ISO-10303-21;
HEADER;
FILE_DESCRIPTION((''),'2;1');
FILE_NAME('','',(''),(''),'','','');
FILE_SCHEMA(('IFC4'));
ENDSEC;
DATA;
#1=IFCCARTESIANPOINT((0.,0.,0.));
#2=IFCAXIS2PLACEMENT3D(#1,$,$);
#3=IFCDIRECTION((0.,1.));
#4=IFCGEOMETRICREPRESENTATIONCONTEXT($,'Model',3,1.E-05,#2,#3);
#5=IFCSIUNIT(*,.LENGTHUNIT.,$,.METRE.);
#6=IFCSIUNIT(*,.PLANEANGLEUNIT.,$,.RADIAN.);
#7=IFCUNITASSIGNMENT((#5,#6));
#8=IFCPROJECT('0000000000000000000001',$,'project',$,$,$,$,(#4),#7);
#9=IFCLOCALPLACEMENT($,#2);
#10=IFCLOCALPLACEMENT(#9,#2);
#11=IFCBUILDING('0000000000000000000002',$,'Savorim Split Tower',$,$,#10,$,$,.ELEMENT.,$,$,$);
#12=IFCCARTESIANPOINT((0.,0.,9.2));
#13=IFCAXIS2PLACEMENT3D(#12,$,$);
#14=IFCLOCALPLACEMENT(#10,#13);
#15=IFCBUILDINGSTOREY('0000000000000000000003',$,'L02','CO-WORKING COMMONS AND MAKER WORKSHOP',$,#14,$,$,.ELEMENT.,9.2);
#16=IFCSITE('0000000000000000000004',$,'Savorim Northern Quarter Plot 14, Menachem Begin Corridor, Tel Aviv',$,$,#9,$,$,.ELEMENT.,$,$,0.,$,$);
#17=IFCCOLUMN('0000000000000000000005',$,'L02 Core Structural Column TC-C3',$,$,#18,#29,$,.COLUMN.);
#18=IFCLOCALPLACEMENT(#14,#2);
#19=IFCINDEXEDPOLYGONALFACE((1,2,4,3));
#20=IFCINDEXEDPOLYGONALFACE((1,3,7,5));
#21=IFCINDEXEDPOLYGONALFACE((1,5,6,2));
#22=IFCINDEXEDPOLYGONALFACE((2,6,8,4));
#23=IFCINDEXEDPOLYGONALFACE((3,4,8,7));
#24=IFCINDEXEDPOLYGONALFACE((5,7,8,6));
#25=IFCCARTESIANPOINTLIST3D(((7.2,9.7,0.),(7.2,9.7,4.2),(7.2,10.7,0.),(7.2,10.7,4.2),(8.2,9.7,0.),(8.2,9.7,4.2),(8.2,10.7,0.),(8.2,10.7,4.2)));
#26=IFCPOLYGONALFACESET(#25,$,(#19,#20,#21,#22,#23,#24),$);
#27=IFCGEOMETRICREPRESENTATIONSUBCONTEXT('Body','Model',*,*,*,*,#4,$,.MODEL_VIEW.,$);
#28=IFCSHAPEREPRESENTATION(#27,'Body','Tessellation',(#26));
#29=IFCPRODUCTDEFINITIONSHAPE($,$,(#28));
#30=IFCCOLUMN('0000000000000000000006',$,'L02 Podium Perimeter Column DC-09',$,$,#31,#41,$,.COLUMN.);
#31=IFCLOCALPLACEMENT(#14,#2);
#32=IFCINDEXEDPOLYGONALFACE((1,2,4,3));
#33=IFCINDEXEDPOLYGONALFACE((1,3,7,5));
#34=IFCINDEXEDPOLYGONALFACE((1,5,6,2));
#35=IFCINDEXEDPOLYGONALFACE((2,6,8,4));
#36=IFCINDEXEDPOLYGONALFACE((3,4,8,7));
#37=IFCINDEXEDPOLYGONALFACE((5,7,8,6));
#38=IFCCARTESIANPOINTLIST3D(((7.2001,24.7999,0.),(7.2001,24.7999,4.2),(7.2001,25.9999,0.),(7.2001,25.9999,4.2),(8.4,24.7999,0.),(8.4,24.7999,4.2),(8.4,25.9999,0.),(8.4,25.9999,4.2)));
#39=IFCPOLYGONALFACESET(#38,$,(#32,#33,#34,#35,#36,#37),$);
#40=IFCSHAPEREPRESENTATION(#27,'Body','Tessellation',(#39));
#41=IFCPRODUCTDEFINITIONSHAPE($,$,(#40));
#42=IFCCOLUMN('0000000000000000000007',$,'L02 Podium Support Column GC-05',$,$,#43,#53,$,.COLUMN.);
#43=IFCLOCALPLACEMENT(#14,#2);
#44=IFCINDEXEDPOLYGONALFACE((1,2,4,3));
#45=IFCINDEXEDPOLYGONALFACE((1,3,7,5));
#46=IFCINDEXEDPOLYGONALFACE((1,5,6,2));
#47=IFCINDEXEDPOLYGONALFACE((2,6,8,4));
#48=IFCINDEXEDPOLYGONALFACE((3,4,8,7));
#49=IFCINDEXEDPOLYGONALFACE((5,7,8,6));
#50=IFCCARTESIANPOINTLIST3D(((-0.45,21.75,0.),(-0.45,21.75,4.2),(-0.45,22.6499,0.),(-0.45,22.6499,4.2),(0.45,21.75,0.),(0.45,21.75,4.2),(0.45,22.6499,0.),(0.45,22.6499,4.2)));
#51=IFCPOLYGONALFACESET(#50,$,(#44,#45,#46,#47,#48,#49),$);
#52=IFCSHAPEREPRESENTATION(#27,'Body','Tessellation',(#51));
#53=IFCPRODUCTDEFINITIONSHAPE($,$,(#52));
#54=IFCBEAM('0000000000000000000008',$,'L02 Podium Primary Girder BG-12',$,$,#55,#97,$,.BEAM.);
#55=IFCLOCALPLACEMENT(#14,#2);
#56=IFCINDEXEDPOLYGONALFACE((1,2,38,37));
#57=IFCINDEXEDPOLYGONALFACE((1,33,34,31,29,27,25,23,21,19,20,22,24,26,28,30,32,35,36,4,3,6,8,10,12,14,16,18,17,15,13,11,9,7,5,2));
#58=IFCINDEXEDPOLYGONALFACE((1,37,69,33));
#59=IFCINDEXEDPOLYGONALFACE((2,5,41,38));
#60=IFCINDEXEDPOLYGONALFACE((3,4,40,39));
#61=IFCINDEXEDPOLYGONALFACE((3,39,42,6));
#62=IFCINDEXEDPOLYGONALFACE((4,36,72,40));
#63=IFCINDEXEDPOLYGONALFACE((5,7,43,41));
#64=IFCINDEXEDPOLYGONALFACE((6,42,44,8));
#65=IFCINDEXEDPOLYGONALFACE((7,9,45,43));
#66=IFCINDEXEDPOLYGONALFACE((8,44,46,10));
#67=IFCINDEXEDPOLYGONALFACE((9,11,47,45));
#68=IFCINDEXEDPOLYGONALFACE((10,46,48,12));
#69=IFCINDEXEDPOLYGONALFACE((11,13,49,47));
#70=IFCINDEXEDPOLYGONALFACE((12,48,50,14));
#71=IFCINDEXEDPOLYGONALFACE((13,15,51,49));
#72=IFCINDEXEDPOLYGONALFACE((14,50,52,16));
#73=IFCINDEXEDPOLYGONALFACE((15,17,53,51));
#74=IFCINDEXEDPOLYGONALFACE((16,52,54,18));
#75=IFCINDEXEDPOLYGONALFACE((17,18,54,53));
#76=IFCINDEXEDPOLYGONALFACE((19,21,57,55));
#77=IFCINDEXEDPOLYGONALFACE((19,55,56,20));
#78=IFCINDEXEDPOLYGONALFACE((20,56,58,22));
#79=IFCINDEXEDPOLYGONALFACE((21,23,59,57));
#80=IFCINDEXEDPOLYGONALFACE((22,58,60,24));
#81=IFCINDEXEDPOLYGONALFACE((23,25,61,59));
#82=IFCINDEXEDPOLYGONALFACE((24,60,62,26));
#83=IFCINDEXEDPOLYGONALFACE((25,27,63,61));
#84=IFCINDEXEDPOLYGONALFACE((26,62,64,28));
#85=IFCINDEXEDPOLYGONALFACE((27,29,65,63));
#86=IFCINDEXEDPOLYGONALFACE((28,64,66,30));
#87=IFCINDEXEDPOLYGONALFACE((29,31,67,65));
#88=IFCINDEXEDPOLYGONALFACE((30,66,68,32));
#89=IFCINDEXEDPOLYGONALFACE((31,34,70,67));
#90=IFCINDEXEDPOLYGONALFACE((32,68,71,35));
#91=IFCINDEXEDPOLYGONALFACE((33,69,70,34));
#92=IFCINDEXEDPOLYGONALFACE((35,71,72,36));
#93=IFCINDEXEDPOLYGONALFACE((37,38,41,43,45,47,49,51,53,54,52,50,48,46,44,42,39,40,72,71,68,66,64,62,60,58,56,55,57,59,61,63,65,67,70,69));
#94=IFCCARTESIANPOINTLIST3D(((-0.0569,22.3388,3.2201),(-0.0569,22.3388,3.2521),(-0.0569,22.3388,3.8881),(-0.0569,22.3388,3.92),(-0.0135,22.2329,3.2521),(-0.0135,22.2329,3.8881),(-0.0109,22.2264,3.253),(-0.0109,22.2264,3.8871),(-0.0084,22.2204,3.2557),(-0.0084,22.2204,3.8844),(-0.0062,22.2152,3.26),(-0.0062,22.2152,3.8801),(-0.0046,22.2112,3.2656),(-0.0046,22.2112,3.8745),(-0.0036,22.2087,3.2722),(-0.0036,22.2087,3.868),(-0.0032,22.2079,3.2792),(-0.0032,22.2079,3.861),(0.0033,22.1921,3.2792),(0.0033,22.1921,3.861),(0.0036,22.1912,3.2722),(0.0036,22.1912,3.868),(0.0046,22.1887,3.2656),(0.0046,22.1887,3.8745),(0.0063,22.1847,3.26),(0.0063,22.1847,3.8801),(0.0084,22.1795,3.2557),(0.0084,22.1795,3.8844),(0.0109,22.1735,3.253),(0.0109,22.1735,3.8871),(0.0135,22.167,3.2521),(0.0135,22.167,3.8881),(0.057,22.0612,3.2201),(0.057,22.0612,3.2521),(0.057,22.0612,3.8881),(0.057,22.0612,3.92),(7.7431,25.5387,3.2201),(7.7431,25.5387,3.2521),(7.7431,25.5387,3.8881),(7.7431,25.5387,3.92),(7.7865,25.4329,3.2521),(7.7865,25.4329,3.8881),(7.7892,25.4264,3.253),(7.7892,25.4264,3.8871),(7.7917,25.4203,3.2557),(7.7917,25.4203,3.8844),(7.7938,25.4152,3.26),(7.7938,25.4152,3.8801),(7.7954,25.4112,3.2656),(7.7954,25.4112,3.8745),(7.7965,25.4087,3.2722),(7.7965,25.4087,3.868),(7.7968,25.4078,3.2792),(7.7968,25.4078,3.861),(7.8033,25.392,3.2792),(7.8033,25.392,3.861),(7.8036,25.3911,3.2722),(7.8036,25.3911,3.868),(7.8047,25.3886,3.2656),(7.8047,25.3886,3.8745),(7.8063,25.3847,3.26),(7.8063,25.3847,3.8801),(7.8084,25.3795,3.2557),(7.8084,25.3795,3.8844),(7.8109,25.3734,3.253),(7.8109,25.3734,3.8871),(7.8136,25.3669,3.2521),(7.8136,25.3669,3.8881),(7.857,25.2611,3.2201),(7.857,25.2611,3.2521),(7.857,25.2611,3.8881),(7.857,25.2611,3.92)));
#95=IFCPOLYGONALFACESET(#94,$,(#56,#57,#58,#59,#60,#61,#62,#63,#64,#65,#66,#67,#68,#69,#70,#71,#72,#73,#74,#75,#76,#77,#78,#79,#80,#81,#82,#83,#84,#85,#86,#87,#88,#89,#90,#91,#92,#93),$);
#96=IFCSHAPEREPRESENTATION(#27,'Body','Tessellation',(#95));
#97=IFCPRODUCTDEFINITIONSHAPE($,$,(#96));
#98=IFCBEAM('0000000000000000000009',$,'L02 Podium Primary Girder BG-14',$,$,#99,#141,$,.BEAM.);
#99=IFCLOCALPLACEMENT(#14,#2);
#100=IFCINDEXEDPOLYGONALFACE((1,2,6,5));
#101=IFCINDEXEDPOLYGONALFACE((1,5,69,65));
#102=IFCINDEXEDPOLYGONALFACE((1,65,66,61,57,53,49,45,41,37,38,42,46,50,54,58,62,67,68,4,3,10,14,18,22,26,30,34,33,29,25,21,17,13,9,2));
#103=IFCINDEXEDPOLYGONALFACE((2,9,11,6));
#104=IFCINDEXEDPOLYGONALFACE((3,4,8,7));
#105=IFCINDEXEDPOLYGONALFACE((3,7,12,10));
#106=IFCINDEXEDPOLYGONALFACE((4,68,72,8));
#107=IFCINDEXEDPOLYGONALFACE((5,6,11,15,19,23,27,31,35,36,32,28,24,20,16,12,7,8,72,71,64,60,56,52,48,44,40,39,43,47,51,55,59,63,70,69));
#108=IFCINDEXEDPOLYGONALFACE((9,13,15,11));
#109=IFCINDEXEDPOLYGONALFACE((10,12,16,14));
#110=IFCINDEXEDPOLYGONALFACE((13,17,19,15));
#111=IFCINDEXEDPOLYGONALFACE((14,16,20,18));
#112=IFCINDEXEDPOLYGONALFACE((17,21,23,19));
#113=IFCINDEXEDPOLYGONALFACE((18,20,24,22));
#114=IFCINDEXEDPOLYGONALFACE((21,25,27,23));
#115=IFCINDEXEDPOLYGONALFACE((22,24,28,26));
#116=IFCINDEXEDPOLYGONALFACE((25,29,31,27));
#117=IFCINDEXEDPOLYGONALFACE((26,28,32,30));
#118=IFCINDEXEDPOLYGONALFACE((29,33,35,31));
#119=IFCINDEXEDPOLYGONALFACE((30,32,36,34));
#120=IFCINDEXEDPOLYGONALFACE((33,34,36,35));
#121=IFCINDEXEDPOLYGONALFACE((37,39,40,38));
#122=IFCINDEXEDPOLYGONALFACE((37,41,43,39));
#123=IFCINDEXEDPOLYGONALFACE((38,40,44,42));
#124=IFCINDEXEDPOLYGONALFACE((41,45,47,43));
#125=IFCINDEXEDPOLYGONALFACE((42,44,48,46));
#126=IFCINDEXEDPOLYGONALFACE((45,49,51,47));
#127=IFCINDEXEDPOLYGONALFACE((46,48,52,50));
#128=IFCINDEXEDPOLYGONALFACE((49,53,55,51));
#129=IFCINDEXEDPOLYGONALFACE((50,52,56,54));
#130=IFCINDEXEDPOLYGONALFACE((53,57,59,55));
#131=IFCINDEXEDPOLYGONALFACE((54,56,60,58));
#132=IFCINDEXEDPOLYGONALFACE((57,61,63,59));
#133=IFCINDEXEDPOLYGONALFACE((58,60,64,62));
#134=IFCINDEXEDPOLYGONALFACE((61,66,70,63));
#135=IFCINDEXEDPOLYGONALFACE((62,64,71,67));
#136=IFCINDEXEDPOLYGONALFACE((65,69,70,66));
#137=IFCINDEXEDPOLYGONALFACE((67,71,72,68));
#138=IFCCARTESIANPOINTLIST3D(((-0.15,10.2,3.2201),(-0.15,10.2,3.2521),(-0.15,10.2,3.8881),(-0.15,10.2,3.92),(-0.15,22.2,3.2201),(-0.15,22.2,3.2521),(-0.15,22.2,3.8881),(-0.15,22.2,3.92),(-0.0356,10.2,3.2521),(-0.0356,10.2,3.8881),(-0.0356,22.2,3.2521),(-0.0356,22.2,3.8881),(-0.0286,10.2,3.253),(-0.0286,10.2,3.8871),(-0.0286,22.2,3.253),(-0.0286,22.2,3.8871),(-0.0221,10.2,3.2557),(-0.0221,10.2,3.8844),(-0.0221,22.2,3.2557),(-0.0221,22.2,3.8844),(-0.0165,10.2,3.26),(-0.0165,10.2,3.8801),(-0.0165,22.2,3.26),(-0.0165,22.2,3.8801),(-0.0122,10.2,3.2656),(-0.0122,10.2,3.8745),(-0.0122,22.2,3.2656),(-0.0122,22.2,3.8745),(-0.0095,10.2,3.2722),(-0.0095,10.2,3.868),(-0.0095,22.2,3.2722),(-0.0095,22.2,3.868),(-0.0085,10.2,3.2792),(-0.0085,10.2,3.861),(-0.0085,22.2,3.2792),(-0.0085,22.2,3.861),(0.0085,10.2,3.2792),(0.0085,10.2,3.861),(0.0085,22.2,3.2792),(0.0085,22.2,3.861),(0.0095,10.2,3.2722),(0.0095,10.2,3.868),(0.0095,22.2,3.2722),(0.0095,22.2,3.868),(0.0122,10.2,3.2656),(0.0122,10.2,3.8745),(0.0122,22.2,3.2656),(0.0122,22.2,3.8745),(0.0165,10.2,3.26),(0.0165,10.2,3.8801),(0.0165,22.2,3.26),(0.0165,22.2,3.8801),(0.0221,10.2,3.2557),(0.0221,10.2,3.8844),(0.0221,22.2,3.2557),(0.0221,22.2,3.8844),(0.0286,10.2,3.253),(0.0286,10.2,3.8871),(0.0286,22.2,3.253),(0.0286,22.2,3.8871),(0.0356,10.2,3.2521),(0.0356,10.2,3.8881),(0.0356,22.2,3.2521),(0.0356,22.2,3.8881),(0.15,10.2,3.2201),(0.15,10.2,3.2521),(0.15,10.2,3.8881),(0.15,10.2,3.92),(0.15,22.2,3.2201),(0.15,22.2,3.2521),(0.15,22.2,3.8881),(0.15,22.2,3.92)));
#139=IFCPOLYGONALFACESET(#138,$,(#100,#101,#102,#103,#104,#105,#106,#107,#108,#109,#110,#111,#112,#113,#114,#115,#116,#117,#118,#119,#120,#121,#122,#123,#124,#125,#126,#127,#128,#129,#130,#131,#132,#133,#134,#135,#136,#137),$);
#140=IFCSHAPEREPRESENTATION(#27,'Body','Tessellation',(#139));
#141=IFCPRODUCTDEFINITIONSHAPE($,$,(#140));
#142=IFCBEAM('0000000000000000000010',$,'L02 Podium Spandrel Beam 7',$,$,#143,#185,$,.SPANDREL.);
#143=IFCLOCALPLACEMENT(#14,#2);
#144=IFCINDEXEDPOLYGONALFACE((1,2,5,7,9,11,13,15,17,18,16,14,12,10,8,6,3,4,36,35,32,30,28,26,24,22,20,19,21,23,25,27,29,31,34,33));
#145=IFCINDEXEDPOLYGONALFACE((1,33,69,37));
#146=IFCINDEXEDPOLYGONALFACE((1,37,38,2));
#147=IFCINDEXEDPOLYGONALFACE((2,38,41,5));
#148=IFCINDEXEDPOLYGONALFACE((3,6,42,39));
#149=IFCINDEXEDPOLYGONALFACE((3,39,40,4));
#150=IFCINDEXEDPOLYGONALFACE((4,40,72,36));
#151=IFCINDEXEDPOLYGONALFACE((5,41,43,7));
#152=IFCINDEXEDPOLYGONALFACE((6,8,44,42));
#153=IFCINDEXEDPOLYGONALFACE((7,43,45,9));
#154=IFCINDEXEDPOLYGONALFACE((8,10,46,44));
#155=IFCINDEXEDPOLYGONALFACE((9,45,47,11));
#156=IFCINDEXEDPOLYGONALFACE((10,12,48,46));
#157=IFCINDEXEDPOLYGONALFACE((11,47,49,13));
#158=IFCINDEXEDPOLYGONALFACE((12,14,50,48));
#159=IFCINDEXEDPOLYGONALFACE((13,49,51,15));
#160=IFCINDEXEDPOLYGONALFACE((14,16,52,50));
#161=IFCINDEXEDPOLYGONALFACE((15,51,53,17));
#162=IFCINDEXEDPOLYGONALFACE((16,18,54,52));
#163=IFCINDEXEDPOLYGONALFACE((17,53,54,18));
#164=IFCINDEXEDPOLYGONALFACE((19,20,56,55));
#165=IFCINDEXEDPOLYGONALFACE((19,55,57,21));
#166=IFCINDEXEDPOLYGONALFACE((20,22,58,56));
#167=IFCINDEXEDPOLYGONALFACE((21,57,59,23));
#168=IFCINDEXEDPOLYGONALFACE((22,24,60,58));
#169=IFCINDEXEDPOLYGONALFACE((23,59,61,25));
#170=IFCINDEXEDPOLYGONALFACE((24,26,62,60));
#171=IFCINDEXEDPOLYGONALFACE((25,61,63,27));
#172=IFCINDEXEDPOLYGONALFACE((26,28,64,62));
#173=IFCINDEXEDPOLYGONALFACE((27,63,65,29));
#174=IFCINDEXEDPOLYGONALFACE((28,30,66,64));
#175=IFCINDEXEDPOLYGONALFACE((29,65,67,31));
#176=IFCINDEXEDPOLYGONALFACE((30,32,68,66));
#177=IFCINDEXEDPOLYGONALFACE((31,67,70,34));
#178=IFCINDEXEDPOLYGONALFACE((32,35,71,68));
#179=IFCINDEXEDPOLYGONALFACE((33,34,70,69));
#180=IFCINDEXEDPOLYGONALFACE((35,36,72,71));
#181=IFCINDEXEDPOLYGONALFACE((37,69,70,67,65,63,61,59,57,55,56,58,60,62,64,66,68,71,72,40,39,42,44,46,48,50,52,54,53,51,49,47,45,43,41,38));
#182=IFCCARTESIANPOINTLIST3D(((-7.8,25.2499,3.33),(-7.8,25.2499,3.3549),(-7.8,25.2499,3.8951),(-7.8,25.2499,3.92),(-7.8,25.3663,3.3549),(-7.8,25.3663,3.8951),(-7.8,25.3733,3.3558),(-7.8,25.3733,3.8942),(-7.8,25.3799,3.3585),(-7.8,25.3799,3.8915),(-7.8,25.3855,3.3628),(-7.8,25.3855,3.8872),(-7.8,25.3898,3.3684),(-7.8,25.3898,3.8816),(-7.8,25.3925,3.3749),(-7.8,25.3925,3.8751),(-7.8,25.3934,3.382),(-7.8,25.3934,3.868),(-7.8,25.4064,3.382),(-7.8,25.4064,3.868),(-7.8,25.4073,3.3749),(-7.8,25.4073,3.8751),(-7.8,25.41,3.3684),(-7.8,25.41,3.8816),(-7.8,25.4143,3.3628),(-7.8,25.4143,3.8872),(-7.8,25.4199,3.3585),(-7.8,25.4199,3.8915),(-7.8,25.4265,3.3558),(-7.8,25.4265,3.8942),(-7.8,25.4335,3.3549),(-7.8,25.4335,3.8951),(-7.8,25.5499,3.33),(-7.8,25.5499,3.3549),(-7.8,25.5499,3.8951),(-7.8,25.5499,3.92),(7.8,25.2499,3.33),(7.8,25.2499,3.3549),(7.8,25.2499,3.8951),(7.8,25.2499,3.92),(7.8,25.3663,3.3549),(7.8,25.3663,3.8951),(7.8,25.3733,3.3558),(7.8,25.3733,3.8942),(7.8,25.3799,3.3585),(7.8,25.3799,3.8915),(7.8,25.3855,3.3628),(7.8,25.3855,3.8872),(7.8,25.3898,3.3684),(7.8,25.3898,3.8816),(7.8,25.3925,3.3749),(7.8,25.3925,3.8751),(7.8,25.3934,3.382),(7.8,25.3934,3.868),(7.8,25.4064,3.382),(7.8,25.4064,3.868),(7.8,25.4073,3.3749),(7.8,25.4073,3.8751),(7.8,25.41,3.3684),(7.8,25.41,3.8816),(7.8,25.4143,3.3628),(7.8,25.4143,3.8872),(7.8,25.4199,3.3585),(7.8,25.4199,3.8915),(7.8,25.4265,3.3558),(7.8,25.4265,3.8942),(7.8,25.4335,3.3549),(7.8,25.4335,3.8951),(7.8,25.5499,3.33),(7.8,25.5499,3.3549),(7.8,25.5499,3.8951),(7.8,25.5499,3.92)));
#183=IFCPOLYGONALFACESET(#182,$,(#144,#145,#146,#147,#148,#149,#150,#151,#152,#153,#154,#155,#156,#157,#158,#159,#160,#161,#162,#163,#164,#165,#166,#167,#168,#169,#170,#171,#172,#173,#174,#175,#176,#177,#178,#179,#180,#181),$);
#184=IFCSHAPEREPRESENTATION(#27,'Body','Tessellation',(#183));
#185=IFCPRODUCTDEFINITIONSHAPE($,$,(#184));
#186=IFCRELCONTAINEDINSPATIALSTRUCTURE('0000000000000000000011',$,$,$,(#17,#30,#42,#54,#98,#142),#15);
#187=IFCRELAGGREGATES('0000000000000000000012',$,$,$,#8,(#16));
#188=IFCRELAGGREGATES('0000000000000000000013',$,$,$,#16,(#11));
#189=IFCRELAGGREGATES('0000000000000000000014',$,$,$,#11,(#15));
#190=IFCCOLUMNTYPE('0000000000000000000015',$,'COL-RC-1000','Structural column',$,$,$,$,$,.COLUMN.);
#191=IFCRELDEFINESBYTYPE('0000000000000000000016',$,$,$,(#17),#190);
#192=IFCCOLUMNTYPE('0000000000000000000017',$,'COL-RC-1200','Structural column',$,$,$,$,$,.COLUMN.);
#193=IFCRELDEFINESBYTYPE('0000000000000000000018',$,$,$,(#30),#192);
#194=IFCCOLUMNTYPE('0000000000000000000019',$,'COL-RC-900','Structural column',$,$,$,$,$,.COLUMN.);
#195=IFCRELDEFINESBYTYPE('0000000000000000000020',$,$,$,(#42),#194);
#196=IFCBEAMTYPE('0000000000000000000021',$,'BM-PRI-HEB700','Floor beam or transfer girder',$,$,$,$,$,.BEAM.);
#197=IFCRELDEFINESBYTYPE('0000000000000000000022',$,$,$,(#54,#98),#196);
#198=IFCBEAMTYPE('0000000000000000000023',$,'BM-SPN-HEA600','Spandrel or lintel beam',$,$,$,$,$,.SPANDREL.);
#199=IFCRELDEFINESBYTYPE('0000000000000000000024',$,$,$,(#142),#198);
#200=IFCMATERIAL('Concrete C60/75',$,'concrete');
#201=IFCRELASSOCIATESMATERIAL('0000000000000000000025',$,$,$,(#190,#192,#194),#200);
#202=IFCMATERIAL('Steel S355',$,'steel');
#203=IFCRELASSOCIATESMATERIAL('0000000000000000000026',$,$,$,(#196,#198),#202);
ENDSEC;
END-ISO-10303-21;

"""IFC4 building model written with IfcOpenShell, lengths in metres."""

from ifc_helpers import new_model, si_unit, direction, frame, origin, origin_2d, place, context, subcontext, project, spatial, rectangle, i_section, extrude, material, material_profile, profile_set, type_object, element, save


model = new_model("IFC4")

# Units and contexts
model_context = context("Model", 3, precision=1e-05, world=origin(), true_north=direction((0.0, 1.0)))
body_context = subcontext(model_context, "Body", "Model", "MODEL_VIEW")
ifc_project = project(units=[si_unit("LENGTHUNIT", "METRE"), si_unit("PLANEANGLEUNIT", "RADIAN")], contexts=[model_context])

# Site, building, storey
site_placement = place(None, origin())
site = spatial("IfcSite", under=ifc_project, at=site_placement, Name="Savorim Northern Quarter Plot 14, Menachem Begin Corridor, Tel Aviv", CompositionType="ELEMENT", RefElevation=0.0)
building_placement = place(site_placement, origin())
building = spatial("IfcBuilding", under=site, at=building_placement, Name="Savorim Split Tower", CompositionType="ELEMENT")
storey_placement = place(building_placement, frame((0.0, 0.0, 9.2)))
storey = spatial("IfcBuildingStorey", under=building, at=storey_placement, Name="L02", Description="CO-WORKING COMMONS AND MAKER WORKSHOP", CompositionType="ELEMENT", Elevation=9.2)

# Columns
ifc_material_1 = material(Name="Concrete C60/75", Category="concrete")
ifc_material_profile_1 = material_profile(ifc_material_1, rectangle(XDim=1.0, YDim=1.0, at=origin_2d()), Name="RC 1000x1000")
ifc_profile_set_1 = profile_set([ifc_material_profile_1], Name="Concrete C60/75")
column_type_1 = type_object("IfcColumnType", Name="COL-RC-1000", Description="Structural column", PredefinedType="COLUMN", material=ifc_profile_set_1)
column_1_placement = place(storey_placement, frame((7.7, 10.2, 0.0), z_axis=(0.0, 0.0, 1.0), x_axis=(1.0, 0.0, 0.0)))
element("IfcColumn", 1, at=column_1_placement, inside=storey, type_object=column_type_1, Name="L02 Core Structural Column TC-C3", PredefinedType="COLUMN", context=body_context, shape_type="SweptSolid", body=[
    extrude(rectangle(XDim=1.0, YDim=1.0, at=origin_2d()), origin(), (0.0, 0.0, 1.0), 4.2),
])
ifc_material_profile_2 = material_profile(ifc_material_1, rectangle(XDim=1.2, YDim=1.2, at=origin_2d()), Name="RC 1200x1200")
ifc_profile_set_2 = profile_set([ifc_material_profile_2], Name="Concrete C60/75")
column_type_2 = type_object("IfcColumnType", Name="COL-RC-1200", Description="Structural column", PredefinedType="COLUMN", material=ifc_profile_set_2)
column_2_placement = place(storey_placement, frame((7.8, 25.3999, 0.0), z_axis=(0.0, 0.0, 1.0), x_axis=(1.0, 0.0, 0.0)))
element("IfcColumn", 2, at=column_2_placement, inside=storey, type_object=column_type_2, Name="L02 Podium Perimeter Column DC-09", PredefinedType="COLUMN", context=body_context, shape_type="SweptSolid", body=[
    extrude(rectangle(XDim=1.2, YDim=1.2, at=origin_2d()), origin(), (0.0, 0.0, 1.0), 4.2),
])
ifc_material_profile_3 = material_profile(ifc_material_1, rectangle(XDim=0.8999, YDim=0.8999, at=origin_2d()), Name="RC 900x900")
ifc_profile_set_3 = profile_set([ifc_material_profile_3], Name="Concrete C60/75")
column_type_3 = type_object("IfcColumnType", Name="COL-RC-900", Description="Structural column", PredefinedType="COLUMN", material=ifc_profile_set_3)
column_3_placement = place(storey_placement, frame((0.0, 22.2, 0.0), z_axis=(0.0, 0.0, 1.0), x_axis=(1.0, 0.0, 0.0)))
element("IfcColumn", 3, at=column_3_placement, inside=storey, type_object=column_type_3, Name="L02 Podium Support Column GC-05", PredefinedType="COLUMN", context=body_context, shape_type="SweptSolid", body=[
    extrude(rectangle(XDim=0.8999, YDim=0.8999, at=origin_2d()), origin(), (0.0, 0.0, 1.0), 4.2),
])

# Beams
ifc_material_2 = material(Name="Steel S355", Category="steel")
ifc_material_profile_4 = material_profile(ifc_material_2, i_section(OverallWidth=0.3, OverallDepth=0.7, WebThickness=0.0171, FlangeThickness=0.032, FilletRadius=0.0271, at=origin_2d()), Name="HEB 700")
ifc_profile_set_4 = profile_set([ifc_material_profile_4], Name="Steel S355")
beam_type_1 = type_object("IfcBeamType", Name="BM-PRI-HEB700", Description="Floor beam or transfer girder", PredefinedType="BEAM", material=ifc_profile_set_4)
beam_1_placement = place(storey_placement, frame((7.8, 25.3999, 3.5701), z_axis=(-0.925171, -0.379549, 0.0), x_axis=(0.379549, -0.925171, 0.0)))
element("IfcBeam", 4, at=beam_1_placement, inside=storey, type_object=beam_type_1, Name="L02 Podium Primary Girder BG-12", PredefinedType="BEAM", context=body_context, shape_type="SweptSolid", body=[
    extrude(i_section(OverallWidth=0.3, OverallDepth=0.7, WebThickness=0.0171, FlangeThickness=0.032, FilletRadius=0.0271, at=origin_2d()), origin(), (0.0, 0.0, 1.0), 8.4309),
])
beam_2_placement = place(storey_placement, frame((0.0, 22.2, 3.5701), z_axis=(0.0, -1.0, 0.0), x_axis=(1.0, 0.0, 0.0)))
element("IfcBeam", 5, at=beam_2_placement, inside=storey, type_object=beam_type_1, Name="L02 Podium Primary Girder BG-14", PredefinedType="BEAM", context=body_context, shape_type="SweptSolid", body=[
    extrude(i_section(OverallWidth=0.3, OverallDepth=0.7, WebThickness=0.0171, FlangeThickness=0.032, FilletRadius=0.0271, at=origin_2d()), origin(), (0.0, 0.0, 1.0), 12.0),
])
ifc_material_profile_5 = material_profile(ifc_material_2, i_section(OverallWidth=0.3, OverallDepth=0.5901, WebThickness=0.0129, FlangeThickness=0.0249, FilletRadius=0.0271, at=origin_2d()), Name="HEA 600")
ifc_profile_set_5 = profile_set([ifc_material_profile_5], Name="Steel S355")
beam_type_2 = type_object("IfcBeamType", Name="BM-SPN-HEA600", Description="Spandrel or lintel beam", PredefinedType="SPANDREL", material=ifc_profile_set_5)
beam_3_placement = place(storey_placement, frame((7.8, 25.3999, 3.625), z_axis=(-1.0, 0.0, 0.0), x_axis=(0.0, -1.0, 0.0)))
element("IfcBeam", 6, at=beam_3_placement, inside=storey, type_object=beam_type_2, Name="L02 Podium Spandrel Beam 7", PredefinedType="SPANDREL", context=body_context, shape_type="SweptSolid", body=[
    extrude(i_section(OverallWidth=0.3, OverallDepth=0.5901, WebThickness=0.0129, FlangeThickness=0.0249, FilletRadius=0.0271, at=origin_2d()), origin(), (0.0, 0.0, 1.0), 15.6001),
])

save(model, "model.ifc")
